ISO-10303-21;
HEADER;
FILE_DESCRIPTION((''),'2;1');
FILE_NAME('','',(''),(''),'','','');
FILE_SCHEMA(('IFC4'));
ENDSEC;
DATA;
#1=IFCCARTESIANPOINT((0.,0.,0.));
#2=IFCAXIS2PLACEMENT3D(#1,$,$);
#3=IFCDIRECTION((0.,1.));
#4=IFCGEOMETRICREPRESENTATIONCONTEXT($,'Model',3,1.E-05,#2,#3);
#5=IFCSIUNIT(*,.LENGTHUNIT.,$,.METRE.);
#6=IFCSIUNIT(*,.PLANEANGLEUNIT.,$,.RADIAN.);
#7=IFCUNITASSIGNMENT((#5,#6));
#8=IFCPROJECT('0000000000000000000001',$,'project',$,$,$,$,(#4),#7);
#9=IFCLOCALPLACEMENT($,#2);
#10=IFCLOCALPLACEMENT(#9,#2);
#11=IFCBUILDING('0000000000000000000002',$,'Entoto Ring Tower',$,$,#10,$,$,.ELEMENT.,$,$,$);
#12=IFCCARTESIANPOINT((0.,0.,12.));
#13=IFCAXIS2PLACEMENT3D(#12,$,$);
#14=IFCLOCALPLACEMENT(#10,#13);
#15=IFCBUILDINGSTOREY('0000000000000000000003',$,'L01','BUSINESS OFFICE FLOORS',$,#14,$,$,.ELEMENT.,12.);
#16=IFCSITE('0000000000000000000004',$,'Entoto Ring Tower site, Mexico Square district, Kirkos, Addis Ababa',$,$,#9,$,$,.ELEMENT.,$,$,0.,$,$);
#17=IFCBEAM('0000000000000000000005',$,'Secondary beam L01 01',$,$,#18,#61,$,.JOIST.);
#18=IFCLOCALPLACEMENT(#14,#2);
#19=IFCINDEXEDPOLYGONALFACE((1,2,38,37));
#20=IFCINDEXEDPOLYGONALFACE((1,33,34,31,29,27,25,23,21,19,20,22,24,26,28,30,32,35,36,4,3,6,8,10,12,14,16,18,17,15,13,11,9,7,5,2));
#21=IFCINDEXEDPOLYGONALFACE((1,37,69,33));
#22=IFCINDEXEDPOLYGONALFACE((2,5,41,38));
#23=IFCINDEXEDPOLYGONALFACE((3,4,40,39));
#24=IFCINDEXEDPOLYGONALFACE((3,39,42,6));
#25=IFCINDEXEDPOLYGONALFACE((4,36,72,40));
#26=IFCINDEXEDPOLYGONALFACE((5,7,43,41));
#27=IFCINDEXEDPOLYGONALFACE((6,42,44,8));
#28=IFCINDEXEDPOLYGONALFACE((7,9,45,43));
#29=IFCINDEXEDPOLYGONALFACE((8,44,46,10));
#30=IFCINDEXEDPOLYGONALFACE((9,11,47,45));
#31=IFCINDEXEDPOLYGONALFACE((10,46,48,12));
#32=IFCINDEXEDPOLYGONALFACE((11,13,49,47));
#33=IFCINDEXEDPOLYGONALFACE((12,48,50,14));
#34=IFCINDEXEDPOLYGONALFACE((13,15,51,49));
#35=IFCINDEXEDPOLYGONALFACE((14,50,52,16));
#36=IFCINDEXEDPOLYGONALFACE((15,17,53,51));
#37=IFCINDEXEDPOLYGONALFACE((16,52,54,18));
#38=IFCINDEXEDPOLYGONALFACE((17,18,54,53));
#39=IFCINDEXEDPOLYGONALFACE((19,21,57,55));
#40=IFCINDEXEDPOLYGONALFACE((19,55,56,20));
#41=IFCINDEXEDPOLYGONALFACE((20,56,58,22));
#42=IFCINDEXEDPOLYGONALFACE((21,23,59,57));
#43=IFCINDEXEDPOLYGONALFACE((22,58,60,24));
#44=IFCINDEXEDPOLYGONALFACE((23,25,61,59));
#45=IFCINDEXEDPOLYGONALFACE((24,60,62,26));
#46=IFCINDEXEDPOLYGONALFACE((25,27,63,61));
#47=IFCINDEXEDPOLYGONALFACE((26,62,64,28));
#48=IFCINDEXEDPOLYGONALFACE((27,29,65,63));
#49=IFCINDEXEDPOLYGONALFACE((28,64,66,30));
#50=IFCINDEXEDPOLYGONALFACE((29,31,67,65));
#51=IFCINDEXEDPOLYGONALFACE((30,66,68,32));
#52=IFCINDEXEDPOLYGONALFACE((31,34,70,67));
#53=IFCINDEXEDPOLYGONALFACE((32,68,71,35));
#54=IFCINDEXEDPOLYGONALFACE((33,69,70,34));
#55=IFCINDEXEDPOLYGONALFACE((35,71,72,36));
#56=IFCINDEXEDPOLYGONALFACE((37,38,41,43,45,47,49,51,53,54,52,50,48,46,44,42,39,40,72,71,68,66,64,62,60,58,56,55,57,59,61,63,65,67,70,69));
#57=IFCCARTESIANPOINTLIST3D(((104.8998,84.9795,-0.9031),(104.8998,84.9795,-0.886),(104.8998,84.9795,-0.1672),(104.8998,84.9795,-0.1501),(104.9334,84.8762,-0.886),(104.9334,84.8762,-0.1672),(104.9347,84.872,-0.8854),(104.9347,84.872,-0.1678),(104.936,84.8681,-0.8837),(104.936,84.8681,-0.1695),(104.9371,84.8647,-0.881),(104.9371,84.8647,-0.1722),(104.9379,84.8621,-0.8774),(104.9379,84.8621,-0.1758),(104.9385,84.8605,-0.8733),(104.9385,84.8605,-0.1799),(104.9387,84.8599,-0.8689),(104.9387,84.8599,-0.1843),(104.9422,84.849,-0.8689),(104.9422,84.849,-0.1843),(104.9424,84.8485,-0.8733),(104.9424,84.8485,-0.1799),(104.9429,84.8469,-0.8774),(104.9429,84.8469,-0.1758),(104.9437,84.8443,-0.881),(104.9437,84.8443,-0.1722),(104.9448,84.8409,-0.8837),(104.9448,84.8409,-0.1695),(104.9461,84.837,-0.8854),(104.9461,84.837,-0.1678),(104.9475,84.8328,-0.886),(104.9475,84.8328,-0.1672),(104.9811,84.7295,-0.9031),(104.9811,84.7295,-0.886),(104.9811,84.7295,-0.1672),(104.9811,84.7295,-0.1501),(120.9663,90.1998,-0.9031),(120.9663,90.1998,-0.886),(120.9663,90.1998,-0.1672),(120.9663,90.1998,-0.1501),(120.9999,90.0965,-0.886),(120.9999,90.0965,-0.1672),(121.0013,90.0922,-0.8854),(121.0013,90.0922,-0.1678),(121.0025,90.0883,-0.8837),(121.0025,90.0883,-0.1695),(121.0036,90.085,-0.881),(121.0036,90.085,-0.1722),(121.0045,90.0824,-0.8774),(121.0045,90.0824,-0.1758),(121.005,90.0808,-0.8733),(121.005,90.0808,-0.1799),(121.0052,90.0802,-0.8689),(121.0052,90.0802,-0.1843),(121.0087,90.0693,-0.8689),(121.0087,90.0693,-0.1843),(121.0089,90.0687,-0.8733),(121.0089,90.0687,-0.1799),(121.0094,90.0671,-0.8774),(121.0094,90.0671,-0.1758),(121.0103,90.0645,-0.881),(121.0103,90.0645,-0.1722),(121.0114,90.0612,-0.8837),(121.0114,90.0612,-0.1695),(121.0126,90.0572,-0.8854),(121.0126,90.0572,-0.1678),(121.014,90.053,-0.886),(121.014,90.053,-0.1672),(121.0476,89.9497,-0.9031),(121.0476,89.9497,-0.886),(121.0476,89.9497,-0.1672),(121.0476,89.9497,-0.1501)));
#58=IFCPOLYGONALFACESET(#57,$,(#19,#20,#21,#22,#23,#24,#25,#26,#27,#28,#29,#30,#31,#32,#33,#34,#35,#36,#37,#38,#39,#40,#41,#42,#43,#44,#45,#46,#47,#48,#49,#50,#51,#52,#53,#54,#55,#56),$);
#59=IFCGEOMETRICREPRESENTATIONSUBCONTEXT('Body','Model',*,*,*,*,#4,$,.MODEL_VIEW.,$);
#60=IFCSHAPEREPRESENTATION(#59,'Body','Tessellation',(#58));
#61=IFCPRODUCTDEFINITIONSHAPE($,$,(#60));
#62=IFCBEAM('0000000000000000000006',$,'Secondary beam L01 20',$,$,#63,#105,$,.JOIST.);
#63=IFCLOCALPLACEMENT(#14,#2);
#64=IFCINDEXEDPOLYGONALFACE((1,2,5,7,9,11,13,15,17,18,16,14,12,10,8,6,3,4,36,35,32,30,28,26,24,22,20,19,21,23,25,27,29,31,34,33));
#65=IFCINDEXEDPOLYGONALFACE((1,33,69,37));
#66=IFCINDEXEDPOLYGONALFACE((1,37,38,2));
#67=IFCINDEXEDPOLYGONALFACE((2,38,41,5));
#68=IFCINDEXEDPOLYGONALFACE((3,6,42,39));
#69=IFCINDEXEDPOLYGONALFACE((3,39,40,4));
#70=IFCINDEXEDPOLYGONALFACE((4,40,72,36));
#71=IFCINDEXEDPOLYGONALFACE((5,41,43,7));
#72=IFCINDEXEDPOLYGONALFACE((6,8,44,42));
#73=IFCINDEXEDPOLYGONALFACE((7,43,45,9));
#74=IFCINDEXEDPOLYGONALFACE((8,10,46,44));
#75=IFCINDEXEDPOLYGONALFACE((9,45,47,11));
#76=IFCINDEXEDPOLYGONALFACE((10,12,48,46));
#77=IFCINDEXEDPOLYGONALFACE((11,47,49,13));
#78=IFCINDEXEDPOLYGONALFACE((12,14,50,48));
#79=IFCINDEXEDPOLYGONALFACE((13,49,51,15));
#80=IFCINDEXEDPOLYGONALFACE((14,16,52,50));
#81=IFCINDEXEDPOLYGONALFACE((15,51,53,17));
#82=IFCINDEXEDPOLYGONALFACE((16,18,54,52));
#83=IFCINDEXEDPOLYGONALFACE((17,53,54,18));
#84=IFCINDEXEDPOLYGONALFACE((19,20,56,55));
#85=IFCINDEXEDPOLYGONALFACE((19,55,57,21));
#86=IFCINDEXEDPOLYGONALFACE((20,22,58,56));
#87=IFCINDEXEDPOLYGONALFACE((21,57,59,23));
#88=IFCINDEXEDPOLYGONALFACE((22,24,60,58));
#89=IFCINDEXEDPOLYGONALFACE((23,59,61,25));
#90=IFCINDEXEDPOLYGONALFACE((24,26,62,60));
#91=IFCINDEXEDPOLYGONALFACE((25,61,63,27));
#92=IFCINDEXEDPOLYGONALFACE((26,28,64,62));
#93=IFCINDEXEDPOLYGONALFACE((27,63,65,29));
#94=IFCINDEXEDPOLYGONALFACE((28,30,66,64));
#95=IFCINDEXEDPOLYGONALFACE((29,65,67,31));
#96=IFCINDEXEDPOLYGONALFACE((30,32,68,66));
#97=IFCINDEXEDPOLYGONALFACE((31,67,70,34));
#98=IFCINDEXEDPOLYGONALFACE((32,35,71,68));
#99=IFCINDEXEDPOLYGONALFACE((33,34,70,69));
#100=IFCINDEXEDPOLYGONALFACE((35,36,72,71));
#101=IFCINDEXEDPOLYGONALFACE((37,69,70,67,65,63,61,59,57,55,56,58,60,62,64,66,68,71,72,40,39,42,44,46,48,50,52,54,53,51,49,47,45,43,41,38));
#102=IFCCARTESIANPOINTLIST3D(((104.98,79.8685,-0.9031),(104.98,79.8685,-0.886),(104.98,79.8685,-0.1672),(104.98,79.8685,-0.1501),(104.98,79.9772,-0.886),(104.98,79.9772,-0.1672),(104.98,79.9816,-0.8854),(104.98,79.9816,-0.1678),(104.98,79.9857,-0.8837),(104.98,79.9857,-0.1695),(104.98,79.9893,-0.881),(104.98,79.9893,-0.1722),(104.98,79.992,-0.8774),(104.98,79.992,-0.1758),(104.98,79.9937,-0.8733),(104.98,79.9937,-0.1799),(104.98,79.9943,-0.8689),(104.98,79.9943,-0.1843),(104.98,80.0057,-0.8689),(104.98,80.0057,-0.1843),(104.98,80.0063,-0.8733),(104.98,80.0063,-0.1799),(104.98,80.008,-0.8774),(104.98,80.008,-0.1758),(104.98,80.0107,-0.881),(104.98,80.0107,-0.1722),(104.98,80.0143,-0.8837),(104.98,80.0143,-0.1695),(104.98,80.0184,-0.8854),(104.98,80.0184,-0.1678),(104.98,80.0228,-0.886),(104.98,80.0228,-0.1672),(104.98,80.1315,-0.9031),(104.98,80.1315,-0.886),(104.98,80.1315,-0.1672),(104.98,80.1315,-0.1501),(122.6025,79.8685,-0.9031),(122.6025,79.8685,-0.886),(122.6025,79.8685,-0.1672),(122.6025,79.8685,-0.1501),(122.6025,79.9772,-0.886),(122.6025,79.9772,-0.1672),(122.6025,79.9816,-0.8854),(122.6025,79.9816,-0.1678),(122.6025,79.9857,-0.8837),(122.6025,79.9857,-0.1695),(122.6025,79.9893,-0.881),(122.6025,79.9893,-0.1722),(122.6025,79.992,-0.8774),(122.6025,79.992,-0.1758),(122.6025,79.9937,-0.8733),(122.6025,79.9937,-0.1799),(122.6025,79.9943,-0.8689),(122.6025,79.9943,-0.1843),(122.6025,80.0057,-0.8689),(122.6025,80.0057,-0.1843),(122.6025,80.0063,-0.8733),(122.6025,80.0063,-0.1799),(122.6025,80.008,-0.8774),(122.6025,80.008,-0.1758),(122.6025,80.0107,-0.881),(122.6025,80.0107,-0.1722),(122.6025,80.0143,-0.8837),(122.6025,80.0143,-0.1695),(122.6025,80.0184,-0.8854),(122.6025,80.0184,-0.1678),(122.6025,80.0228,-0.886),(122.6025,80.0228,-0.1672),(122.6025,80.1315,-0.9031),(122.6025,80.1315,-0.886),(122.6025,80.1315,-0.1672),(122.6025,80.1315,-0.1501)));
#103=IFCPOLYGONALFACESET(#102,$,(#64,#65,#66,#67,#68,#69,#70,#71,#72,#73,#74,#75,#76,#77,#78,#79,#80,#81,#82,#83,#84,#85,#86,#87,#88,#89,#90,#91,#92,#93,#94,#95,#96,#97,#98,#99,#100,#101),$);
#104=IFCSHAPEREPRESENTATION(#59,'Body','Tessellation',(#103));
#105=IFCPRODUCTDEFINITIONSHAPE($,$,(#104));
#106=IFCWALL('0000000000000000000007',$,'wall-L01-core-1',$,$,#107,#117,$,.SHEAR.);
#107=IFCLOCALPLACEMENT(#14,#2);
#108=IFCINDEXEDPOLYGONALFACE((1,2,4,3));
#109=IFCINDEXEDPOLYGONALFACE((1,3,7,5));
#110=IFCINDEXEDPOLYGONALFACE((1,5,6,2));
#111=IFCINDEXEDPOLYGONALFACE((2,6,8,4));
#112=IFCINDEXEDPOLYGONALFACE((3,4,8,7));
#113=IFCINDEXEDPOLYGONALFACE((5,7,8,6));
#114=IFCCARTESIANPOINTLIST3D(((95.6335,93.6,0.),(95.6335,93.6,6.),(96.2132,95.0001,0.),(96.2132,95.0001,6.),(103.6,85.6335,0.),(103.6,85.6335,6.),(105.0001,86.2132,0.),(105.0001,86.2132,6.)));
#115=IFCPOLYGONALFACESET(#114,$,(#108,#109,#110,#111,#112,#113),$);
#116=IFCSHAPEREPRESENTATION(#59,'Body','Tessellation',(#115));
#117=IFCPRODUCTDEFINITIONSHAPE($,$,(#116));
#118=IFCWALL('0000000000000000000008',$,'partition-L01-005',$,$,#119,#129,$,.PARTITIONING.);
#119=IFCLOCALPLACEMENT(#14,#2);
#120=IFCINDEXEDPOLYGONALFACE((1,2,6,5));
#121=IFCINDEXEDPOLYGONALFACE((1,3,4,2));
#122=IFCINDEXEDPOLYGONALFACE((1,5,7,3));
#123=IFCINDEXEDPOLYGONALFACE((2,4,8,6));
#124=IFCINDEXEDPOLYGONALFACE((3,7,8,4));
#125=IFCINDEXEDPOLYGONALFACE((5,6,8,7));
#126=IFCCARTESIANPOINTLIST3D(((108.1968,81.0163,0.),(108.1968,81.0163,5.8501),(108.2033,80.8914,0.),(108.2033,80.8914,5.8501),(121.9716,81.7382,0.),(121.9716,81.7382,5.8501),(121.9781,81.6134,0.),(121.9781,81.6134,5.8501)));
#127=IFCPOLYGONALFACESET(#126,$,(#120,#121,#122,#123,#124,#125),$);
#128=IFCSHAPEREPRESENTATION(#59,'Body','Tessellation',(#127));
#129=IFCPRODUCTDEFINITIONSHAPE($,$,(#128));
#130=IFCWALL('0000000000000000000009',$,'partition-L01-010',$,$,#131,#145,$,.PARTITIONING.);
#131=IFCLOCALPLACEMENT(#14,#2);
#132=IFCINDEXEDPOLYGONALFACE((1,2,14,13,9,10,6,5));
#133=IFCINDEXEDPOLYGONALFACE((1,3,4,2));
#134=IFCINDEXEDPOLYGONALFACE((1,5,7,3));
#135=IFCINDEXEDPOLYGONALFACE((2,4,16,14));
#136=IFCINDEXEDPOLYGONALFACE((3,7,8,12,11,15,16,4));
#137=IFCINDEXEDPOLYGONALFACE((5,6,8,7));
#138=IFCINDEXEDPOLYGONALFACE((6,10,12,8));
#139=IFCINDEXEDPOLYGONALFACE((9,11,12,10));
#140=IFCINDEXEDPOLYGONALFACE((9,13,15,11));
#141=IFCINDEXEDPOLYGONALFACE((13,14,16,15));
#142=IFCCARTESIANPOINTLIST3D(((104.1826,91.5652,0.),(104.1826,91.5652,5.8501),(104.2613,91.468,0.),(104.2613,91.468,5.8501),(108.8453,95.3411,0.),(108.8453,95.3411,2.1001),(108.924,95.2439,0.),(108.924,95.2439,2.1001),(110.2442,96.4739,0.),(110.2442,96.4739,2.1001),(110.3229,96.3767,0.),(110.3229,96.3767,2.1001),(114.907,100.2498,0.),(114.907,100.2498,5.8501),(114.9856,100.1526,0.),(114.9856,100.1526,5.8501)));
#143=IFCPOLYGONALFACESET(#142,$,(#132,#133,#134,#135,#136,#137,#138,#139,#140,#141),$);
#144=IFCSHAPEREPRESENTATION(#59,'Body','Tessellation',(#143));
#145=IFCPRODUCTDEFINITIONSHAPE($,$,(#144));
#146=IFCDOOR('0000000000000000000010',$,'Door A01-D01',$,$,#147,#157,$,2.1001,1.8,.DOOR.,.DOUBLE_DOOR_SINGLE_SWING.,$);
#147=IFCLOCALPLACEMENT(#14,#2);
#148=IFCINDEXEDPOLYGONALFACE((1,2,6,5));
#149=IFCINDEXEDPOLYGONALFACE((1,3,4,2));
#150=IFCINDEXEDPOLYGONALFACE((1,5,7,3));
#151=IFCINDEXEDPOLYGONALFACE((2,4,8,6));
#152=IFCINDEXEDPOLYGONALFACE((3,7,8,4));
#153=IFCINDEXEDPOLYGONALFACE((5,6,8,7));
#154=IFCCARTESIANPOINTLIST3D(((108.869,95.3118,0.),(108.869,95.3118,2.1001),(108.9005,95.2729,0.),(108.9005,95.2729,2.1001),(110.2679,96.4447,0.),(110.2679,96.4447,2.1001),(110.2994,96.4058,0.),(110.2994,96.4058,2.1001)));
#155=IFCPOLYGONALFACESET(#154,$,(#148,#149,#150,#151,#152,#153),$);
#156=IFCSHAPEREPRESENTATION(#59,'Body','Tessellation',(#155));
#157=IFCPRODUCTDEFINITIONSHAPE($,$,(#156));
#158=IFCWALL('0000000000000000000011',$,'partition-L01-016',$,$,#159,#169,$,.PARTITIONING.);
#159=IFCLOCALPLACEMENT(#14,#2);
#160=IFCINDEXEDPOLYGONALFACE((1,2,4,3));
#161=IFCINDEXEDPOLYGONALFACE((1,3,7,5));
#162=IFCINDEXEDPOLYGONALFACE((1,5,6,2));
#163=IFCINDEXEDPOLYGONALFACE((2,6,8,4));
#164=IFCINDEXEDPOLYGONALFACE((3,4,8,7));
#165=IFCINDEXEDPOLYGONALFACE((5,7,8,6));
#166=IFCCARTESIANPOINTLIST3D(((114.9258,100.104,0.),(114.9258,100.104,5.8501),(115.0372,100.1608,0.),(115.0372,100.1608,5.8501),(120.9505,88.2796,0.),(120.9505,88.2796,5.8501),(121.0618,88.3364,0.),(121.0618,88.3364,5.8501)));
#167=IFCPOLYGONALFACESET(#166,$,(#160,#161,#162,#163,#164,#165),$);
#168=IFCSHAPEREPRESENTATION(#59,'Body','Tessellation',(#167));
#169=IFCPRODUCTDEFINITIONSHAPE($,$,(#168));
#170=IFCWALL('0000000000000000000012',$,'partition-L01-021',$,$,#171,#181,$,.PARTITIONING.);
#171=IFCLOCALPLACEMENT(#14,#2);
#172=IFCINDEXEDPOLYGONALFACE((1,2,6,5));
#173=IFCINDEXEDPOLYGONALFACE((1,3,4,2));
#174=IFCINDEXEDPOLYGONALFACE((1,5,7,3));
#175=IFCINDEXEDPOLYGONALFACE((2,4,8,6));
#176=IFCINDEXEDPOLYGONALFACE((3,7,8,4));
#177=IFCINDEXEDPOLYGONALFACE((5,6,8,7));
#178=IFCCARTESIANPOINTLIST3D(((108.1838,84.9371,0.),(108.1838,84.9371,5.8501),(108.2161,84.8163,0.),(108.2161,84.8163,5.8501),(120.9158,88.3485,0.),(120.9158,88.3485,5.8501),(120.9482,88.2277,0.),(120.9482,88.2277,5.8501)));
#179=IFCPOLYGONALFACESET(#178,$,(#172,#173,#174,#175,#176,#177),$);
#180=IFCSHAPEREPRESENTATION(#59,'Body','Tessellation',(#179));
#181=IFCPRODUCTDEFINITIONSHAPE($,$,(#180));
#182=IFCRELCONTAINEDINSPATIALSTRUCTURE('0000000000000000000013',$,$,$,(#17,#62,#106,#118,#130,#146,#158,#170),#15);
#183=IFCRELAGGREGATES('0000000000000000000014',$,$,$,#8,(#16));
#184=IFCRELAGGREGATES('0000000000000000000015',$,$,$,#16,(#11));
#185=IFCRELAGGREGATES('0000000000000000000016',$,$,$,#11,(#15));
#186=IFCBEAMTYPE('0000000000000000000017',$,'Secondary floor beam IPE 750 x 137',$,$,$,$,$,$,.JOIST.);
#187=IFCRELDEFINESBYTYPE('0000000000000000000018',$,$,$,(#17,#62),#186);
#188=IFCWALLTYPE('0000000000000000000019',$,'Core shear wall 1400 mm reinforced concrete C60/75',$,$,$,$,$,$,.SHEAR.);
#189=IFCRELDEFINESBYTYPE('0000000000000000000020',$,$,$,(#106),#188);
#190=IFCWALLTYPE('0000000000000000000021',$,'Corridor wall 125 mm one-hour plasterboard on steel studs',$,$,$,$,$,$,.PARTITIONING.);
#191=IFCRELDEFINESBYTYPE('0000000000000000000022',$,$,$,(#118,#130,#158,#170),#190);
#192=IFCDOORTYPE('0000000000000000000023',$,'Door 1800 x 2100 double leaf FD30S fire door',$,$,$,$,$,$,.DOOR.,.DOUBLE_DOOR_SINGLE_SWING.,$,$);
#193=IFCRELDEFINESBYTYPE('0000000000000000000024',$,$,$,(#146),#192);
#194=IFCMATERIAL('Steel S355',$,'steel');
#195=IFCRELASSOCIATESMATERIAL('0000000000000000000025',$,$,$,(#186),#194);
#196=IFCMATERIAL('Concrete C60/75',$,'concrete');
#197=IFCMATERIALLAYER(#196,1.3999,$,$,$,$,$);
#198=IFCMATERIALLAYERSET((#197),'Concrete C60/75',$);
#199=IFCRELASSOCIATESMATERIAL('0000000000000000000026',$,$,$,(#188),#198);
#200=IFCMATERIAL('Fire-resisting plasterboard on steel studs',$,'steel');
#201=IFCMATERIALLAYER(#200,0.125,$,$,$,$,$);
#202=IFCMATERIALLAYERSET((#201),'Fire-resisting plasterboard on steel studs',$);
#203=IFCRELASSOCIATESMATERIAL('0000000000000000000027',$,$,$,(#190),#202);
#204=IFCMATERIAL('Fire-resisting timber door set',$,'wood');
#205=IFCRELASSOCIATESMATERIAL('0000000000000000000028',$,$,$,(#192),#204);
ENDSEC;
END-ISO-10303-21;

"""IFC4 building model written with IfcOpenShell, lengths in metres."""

from ifc_helpers import new_model, si_unit, direction, frame, frame_2d, origin, origin_2d, place, context, subcontext, project, spatial, polyline, rectangle, i_section, outline, extrude, material, layer, layer_set, material_profile, profile_set, type_object, element, fill, save


model = new_model("IFC4")

# Units and contexts
model_context = context("Model", 3, precision=1e-05, world=origin(), true_north=direction((0.0, 1.0)))
body_context = subcontext(model_context, "Body", "Model", "MODEL_VIEW")
ifc_project = project(units=[si_unit("LENGTHUNIT", "METRE"), si_unit("PLANEANGLEUNIT", "RADIAN")], contexts=[model_context])

# Site, building, storey
site_placement = place(None, origin())
site = spatial("IfcSite", under=ifc_project, at=site_placement, Name="Entoto Ring Tower site, Mexico Square district, Kirkos, Addis Ababa", CompositionType="ELEMENT", RefElevation=0.0)
building_placement = place(site_placement, origin())
building = spatial("IfcBuilding", under=site, at=building_placement, Name="Entoto Ring Tower", CompositionType="ELEMENT")
storey_placement = place(building_placement, frame((0.0, 0.0, 12.0)))
storey = spatial("IfcBuildingStorey", under=building, at=storey_placement, Name="L01", Description="BUSINESS OFFICE FLOORS", CompositionType="ELEMENT", Elevation=12.0)

# Beams
ifc_material_1 = material(Name="Steel S355", Category="steel")
ifc_material_profile_1 = material_profile(ifc_material_1, i_section(OverallWidth=0.2629, OverallDepth=0.7529, WebThickness=0.0115, FlangeThickness=0.0171, FilletRadius=0.0171, at=origin_2d()), Name="IPE 750 x 137")
ifc_profile_set_1 = profile_set([ifc_material_profile_1], Name="Steel S355")
beam_type_1 = type_object("IfcBeamType", Name="Secondary floor beam IPE 750 x 137", PredefinedType="JOIST", material=ifc_profile_set_1)
beam_1_placement = place(storey_placement, frame((104.9404, 84.8545, -0.5266), z_axis=(0.951058, 0.309013, 0.0), x_axis=(-0.309013, 0.951058, 0.0)))
element("IfcBeam", 1, at=beam_1_placement, inside=storey, type_object=beam_type_1, Name="Secondary beam L01 01", PredefinedType="JOIST", context=body_context, shape_type="SweptSolid", body=[
    extrude(i_section(OverallWidth=0.2629, OverallDepth=0.7529, WebThickness=0.0115, FlangeThickness=0.0171, FilletRadius=0.0171, at=origin_2d()), origin(), (0.0, 0.0, 1.0), 16.8933),
])
beam_2_placement = place(storey_placement, frame((104.98, 80.0, -0.5266), z_axis=(1.0, 0.0, 0.0), x_axis=(0.0, 1.0, 0.0)))
element("IfcBeam", 2, at=beam_2_placement, inside=storey, type_object=beam_type_1, Name="Secondary beam L01 20", PredefinedType="JOIST", context=body_context, shape_type="SweptSolid", body=[
    extrude(i_section(OverallWidth=0.2629, OverallDepth=0.7529, WebThickness=0.0115, FlangeThickness=0.0171, FilletRadius=0.0171, at=origin_2d()), origin(), (0.0, 0.0, 1.0), 17.6226),
])

# Walls
ifc_material_2 = material(Name="Concrete C60/75", Category="concrete")
ifc_layer_1 = layer(ifc_material_2, 1.3999)
ifc_layer_set_1 = layer_set([ifc_layer_1], Name="Concrete C60/75")
wall_type_1 = type_object("IfcWallType", Name="Core shear wall 1400 mm reinforced concrete C60/75", PredefinedType="SHEAR", material=ifc_layer_set_1)
wall_1_placement = place(storey_placement, frame((104.3, 85.9233, 0.0), z_axis=(0.0, 0.0, 1.0), x_axis=(-0.707107, 0.707107, 0.0)))
element("IfcWall", 3, at=wall_1_placement, inside=storey, type_object=wall_type_1, Name="wall-L01-core-1", PredefinedType="SHEAR", context=body_context, shape_type="SweptSolid", body=[
    extrude(outline(polyline([(-0.29, -0.7), (12.1365, -0.7), (11.5564, 0.7), (0.29, 0.7), (-0.29, -0.7)])), origin(), (0.0, 0.0, 1.0), 6.0),
])
ifc_material_3 = material(Name="Fire-resisting plasterboard on steel studs", Category="steel")
ifc_layer_2 = layer(ifc_material_3, 0.125)
ifc_layer_set_2 = layer_set([ifc_layer_2], Name="Fire-resisting plasterboard on steel studs")
wall_type_2 = type_object("IfcWallType", Name="Corridor wall 125 mm one-hour plasterboard on steel studs", PredefinedType="PARTITIONING", material=ifc_layer_set_2)
wall_2_placement = place(storey_placement, frame((108.2, 80.9539, 0.0), z_axis=(0.0, 0.0, 1.0), x_axis=(0.998629, 0.052337, 0.0)))
element("IfcWall", 4, at=wall_2_placement, inside=storey, type_object=wall_type_2, Name="partition-L01-005", PredefinedType="PARTITIONING", context=body_context, shape_type="SweptSolid", body=[
    extrude(rectangle(XDim=13.7937, YDim=0.125, at=frame_2d((6.897, 0.0))), origin(), (0.0, 0.0, 1.0), 5.8501),
])

# Wall, opening, door
wall_3_placement = place(storey_placement, frame((104.2219, 91.5166, 0.0), z_axis=(0.0, 0.0, 1.0), x_axis=(0.777141, 0.629327, 0.0)))
wall_3 = element("IfcWall", 5, at=wall_3_placement, inside=storey, type_object=wall_type_2, Name="partition-L01-010", PredefinedType="PARTITIONING", context=body_context, shape_type="SweptSolid", body=[
    extrude(rectangle(XDim=13.7998, YDim=0.125, at=frame_2d((6.8999, 0.0))), origin(), (0.0, 0.0, 1.0), 5.8501),
])
opening_placement = place(wall_3_placement, frame((6.0, 0.0, 0.0)))
opening = element("IfcOpeningElement", 6, at=opening_placement, cuts=wall_3, PredefinedType="OPENING", context=body_context, shape_type="SweptSolid", body=[
    extrude(rectangle(XDim=1.8, YDim=2.1001, at=frame_2d((0.8999, 1.05))), frame((0.0, 0.0725, 0.0), z_axis=(0.0, -1.0, 0.0), x_axis=(1.0, 0.0, 0.0)), (0.0, 0.0, 1.0), 0.145),
])
ifc_material_4 = material(Name="Fire-resisting timber door set", Category="wood")
door_type = type_object("IfcDoorType", Name="Door 1800 x 2100 double leaf FD30S fire door", OperationType="DOUBLE_DOOR_SINGLE_SWING", PredefinedType="DOOR", material=ifc_material_4)
door_placement = place(opening_placement, origin())
door = element("IfcDoor", 7, at=door_placement, inside=storey, type_object=door_type, Name="Door A01-D01", OperationType="DOUBLE_DOOR_SINGLE_SWING", OverallHeight=2.1001, OverallWidth=1.8, PredefinedType="DOOR", context=body_context, shape_type="SweptSolid", body=[
    extrude(rectangle(XDim=1.8, YDim=2.1001, at=frame_2d((0.8999, 1.05))), frame((0.0, 0.0249, 0.0), z_axis=(0.0, -1.0, 0.0), x_axis=(1.0, 0.0, 0.0)), (0.0, 0.0, 1.0), 0.05),
])
fill(opening, door)

# Walls
wall_4_placement = place(storey_placement, frame((121.0061, 88.3081, 0.0), z_axis=(0.0, 0.0, 1.0), x_axis=(-0.453978, 0.891013, 0.0)))
element("IfcWall", 8, at=wall_4_placement, inside=storey, type_object=wall_type_2, Name="partition-L01-016", PredefinedType="PARTITIONING", context=body_context, shape_type="SweptSolid", body=[
    extrude(rectangle(XDim=13.2708, YDim=0.125, at=frame_2d((6.6353, 0.0))), origin(), (0.0, 0.0, 1.0), 5.8501),
])
wall_5_placement = place(storey_placement, frame((108.2, 84.8767, 0.0), z_axis=(0.0, 0.0, 1.0), x_axis=(0.965928, 0.25881, 0.0)))
element("IfcWall", 9, at=wall_5_placement, inside=storey, type_object=wall_type_2, Name="partition-L01-021", PredefinedType="PARTITIONING", context=body_context, shape_type="SweptSolid", body=[
    extrude(rectangle(XDim=13.1812, YDim=0.125, at=frame_2d((6.5906, 0.0))), origin(), (0.0, 0.0, 1.0), 5.8501),
])

save(model, "model.ifc")
